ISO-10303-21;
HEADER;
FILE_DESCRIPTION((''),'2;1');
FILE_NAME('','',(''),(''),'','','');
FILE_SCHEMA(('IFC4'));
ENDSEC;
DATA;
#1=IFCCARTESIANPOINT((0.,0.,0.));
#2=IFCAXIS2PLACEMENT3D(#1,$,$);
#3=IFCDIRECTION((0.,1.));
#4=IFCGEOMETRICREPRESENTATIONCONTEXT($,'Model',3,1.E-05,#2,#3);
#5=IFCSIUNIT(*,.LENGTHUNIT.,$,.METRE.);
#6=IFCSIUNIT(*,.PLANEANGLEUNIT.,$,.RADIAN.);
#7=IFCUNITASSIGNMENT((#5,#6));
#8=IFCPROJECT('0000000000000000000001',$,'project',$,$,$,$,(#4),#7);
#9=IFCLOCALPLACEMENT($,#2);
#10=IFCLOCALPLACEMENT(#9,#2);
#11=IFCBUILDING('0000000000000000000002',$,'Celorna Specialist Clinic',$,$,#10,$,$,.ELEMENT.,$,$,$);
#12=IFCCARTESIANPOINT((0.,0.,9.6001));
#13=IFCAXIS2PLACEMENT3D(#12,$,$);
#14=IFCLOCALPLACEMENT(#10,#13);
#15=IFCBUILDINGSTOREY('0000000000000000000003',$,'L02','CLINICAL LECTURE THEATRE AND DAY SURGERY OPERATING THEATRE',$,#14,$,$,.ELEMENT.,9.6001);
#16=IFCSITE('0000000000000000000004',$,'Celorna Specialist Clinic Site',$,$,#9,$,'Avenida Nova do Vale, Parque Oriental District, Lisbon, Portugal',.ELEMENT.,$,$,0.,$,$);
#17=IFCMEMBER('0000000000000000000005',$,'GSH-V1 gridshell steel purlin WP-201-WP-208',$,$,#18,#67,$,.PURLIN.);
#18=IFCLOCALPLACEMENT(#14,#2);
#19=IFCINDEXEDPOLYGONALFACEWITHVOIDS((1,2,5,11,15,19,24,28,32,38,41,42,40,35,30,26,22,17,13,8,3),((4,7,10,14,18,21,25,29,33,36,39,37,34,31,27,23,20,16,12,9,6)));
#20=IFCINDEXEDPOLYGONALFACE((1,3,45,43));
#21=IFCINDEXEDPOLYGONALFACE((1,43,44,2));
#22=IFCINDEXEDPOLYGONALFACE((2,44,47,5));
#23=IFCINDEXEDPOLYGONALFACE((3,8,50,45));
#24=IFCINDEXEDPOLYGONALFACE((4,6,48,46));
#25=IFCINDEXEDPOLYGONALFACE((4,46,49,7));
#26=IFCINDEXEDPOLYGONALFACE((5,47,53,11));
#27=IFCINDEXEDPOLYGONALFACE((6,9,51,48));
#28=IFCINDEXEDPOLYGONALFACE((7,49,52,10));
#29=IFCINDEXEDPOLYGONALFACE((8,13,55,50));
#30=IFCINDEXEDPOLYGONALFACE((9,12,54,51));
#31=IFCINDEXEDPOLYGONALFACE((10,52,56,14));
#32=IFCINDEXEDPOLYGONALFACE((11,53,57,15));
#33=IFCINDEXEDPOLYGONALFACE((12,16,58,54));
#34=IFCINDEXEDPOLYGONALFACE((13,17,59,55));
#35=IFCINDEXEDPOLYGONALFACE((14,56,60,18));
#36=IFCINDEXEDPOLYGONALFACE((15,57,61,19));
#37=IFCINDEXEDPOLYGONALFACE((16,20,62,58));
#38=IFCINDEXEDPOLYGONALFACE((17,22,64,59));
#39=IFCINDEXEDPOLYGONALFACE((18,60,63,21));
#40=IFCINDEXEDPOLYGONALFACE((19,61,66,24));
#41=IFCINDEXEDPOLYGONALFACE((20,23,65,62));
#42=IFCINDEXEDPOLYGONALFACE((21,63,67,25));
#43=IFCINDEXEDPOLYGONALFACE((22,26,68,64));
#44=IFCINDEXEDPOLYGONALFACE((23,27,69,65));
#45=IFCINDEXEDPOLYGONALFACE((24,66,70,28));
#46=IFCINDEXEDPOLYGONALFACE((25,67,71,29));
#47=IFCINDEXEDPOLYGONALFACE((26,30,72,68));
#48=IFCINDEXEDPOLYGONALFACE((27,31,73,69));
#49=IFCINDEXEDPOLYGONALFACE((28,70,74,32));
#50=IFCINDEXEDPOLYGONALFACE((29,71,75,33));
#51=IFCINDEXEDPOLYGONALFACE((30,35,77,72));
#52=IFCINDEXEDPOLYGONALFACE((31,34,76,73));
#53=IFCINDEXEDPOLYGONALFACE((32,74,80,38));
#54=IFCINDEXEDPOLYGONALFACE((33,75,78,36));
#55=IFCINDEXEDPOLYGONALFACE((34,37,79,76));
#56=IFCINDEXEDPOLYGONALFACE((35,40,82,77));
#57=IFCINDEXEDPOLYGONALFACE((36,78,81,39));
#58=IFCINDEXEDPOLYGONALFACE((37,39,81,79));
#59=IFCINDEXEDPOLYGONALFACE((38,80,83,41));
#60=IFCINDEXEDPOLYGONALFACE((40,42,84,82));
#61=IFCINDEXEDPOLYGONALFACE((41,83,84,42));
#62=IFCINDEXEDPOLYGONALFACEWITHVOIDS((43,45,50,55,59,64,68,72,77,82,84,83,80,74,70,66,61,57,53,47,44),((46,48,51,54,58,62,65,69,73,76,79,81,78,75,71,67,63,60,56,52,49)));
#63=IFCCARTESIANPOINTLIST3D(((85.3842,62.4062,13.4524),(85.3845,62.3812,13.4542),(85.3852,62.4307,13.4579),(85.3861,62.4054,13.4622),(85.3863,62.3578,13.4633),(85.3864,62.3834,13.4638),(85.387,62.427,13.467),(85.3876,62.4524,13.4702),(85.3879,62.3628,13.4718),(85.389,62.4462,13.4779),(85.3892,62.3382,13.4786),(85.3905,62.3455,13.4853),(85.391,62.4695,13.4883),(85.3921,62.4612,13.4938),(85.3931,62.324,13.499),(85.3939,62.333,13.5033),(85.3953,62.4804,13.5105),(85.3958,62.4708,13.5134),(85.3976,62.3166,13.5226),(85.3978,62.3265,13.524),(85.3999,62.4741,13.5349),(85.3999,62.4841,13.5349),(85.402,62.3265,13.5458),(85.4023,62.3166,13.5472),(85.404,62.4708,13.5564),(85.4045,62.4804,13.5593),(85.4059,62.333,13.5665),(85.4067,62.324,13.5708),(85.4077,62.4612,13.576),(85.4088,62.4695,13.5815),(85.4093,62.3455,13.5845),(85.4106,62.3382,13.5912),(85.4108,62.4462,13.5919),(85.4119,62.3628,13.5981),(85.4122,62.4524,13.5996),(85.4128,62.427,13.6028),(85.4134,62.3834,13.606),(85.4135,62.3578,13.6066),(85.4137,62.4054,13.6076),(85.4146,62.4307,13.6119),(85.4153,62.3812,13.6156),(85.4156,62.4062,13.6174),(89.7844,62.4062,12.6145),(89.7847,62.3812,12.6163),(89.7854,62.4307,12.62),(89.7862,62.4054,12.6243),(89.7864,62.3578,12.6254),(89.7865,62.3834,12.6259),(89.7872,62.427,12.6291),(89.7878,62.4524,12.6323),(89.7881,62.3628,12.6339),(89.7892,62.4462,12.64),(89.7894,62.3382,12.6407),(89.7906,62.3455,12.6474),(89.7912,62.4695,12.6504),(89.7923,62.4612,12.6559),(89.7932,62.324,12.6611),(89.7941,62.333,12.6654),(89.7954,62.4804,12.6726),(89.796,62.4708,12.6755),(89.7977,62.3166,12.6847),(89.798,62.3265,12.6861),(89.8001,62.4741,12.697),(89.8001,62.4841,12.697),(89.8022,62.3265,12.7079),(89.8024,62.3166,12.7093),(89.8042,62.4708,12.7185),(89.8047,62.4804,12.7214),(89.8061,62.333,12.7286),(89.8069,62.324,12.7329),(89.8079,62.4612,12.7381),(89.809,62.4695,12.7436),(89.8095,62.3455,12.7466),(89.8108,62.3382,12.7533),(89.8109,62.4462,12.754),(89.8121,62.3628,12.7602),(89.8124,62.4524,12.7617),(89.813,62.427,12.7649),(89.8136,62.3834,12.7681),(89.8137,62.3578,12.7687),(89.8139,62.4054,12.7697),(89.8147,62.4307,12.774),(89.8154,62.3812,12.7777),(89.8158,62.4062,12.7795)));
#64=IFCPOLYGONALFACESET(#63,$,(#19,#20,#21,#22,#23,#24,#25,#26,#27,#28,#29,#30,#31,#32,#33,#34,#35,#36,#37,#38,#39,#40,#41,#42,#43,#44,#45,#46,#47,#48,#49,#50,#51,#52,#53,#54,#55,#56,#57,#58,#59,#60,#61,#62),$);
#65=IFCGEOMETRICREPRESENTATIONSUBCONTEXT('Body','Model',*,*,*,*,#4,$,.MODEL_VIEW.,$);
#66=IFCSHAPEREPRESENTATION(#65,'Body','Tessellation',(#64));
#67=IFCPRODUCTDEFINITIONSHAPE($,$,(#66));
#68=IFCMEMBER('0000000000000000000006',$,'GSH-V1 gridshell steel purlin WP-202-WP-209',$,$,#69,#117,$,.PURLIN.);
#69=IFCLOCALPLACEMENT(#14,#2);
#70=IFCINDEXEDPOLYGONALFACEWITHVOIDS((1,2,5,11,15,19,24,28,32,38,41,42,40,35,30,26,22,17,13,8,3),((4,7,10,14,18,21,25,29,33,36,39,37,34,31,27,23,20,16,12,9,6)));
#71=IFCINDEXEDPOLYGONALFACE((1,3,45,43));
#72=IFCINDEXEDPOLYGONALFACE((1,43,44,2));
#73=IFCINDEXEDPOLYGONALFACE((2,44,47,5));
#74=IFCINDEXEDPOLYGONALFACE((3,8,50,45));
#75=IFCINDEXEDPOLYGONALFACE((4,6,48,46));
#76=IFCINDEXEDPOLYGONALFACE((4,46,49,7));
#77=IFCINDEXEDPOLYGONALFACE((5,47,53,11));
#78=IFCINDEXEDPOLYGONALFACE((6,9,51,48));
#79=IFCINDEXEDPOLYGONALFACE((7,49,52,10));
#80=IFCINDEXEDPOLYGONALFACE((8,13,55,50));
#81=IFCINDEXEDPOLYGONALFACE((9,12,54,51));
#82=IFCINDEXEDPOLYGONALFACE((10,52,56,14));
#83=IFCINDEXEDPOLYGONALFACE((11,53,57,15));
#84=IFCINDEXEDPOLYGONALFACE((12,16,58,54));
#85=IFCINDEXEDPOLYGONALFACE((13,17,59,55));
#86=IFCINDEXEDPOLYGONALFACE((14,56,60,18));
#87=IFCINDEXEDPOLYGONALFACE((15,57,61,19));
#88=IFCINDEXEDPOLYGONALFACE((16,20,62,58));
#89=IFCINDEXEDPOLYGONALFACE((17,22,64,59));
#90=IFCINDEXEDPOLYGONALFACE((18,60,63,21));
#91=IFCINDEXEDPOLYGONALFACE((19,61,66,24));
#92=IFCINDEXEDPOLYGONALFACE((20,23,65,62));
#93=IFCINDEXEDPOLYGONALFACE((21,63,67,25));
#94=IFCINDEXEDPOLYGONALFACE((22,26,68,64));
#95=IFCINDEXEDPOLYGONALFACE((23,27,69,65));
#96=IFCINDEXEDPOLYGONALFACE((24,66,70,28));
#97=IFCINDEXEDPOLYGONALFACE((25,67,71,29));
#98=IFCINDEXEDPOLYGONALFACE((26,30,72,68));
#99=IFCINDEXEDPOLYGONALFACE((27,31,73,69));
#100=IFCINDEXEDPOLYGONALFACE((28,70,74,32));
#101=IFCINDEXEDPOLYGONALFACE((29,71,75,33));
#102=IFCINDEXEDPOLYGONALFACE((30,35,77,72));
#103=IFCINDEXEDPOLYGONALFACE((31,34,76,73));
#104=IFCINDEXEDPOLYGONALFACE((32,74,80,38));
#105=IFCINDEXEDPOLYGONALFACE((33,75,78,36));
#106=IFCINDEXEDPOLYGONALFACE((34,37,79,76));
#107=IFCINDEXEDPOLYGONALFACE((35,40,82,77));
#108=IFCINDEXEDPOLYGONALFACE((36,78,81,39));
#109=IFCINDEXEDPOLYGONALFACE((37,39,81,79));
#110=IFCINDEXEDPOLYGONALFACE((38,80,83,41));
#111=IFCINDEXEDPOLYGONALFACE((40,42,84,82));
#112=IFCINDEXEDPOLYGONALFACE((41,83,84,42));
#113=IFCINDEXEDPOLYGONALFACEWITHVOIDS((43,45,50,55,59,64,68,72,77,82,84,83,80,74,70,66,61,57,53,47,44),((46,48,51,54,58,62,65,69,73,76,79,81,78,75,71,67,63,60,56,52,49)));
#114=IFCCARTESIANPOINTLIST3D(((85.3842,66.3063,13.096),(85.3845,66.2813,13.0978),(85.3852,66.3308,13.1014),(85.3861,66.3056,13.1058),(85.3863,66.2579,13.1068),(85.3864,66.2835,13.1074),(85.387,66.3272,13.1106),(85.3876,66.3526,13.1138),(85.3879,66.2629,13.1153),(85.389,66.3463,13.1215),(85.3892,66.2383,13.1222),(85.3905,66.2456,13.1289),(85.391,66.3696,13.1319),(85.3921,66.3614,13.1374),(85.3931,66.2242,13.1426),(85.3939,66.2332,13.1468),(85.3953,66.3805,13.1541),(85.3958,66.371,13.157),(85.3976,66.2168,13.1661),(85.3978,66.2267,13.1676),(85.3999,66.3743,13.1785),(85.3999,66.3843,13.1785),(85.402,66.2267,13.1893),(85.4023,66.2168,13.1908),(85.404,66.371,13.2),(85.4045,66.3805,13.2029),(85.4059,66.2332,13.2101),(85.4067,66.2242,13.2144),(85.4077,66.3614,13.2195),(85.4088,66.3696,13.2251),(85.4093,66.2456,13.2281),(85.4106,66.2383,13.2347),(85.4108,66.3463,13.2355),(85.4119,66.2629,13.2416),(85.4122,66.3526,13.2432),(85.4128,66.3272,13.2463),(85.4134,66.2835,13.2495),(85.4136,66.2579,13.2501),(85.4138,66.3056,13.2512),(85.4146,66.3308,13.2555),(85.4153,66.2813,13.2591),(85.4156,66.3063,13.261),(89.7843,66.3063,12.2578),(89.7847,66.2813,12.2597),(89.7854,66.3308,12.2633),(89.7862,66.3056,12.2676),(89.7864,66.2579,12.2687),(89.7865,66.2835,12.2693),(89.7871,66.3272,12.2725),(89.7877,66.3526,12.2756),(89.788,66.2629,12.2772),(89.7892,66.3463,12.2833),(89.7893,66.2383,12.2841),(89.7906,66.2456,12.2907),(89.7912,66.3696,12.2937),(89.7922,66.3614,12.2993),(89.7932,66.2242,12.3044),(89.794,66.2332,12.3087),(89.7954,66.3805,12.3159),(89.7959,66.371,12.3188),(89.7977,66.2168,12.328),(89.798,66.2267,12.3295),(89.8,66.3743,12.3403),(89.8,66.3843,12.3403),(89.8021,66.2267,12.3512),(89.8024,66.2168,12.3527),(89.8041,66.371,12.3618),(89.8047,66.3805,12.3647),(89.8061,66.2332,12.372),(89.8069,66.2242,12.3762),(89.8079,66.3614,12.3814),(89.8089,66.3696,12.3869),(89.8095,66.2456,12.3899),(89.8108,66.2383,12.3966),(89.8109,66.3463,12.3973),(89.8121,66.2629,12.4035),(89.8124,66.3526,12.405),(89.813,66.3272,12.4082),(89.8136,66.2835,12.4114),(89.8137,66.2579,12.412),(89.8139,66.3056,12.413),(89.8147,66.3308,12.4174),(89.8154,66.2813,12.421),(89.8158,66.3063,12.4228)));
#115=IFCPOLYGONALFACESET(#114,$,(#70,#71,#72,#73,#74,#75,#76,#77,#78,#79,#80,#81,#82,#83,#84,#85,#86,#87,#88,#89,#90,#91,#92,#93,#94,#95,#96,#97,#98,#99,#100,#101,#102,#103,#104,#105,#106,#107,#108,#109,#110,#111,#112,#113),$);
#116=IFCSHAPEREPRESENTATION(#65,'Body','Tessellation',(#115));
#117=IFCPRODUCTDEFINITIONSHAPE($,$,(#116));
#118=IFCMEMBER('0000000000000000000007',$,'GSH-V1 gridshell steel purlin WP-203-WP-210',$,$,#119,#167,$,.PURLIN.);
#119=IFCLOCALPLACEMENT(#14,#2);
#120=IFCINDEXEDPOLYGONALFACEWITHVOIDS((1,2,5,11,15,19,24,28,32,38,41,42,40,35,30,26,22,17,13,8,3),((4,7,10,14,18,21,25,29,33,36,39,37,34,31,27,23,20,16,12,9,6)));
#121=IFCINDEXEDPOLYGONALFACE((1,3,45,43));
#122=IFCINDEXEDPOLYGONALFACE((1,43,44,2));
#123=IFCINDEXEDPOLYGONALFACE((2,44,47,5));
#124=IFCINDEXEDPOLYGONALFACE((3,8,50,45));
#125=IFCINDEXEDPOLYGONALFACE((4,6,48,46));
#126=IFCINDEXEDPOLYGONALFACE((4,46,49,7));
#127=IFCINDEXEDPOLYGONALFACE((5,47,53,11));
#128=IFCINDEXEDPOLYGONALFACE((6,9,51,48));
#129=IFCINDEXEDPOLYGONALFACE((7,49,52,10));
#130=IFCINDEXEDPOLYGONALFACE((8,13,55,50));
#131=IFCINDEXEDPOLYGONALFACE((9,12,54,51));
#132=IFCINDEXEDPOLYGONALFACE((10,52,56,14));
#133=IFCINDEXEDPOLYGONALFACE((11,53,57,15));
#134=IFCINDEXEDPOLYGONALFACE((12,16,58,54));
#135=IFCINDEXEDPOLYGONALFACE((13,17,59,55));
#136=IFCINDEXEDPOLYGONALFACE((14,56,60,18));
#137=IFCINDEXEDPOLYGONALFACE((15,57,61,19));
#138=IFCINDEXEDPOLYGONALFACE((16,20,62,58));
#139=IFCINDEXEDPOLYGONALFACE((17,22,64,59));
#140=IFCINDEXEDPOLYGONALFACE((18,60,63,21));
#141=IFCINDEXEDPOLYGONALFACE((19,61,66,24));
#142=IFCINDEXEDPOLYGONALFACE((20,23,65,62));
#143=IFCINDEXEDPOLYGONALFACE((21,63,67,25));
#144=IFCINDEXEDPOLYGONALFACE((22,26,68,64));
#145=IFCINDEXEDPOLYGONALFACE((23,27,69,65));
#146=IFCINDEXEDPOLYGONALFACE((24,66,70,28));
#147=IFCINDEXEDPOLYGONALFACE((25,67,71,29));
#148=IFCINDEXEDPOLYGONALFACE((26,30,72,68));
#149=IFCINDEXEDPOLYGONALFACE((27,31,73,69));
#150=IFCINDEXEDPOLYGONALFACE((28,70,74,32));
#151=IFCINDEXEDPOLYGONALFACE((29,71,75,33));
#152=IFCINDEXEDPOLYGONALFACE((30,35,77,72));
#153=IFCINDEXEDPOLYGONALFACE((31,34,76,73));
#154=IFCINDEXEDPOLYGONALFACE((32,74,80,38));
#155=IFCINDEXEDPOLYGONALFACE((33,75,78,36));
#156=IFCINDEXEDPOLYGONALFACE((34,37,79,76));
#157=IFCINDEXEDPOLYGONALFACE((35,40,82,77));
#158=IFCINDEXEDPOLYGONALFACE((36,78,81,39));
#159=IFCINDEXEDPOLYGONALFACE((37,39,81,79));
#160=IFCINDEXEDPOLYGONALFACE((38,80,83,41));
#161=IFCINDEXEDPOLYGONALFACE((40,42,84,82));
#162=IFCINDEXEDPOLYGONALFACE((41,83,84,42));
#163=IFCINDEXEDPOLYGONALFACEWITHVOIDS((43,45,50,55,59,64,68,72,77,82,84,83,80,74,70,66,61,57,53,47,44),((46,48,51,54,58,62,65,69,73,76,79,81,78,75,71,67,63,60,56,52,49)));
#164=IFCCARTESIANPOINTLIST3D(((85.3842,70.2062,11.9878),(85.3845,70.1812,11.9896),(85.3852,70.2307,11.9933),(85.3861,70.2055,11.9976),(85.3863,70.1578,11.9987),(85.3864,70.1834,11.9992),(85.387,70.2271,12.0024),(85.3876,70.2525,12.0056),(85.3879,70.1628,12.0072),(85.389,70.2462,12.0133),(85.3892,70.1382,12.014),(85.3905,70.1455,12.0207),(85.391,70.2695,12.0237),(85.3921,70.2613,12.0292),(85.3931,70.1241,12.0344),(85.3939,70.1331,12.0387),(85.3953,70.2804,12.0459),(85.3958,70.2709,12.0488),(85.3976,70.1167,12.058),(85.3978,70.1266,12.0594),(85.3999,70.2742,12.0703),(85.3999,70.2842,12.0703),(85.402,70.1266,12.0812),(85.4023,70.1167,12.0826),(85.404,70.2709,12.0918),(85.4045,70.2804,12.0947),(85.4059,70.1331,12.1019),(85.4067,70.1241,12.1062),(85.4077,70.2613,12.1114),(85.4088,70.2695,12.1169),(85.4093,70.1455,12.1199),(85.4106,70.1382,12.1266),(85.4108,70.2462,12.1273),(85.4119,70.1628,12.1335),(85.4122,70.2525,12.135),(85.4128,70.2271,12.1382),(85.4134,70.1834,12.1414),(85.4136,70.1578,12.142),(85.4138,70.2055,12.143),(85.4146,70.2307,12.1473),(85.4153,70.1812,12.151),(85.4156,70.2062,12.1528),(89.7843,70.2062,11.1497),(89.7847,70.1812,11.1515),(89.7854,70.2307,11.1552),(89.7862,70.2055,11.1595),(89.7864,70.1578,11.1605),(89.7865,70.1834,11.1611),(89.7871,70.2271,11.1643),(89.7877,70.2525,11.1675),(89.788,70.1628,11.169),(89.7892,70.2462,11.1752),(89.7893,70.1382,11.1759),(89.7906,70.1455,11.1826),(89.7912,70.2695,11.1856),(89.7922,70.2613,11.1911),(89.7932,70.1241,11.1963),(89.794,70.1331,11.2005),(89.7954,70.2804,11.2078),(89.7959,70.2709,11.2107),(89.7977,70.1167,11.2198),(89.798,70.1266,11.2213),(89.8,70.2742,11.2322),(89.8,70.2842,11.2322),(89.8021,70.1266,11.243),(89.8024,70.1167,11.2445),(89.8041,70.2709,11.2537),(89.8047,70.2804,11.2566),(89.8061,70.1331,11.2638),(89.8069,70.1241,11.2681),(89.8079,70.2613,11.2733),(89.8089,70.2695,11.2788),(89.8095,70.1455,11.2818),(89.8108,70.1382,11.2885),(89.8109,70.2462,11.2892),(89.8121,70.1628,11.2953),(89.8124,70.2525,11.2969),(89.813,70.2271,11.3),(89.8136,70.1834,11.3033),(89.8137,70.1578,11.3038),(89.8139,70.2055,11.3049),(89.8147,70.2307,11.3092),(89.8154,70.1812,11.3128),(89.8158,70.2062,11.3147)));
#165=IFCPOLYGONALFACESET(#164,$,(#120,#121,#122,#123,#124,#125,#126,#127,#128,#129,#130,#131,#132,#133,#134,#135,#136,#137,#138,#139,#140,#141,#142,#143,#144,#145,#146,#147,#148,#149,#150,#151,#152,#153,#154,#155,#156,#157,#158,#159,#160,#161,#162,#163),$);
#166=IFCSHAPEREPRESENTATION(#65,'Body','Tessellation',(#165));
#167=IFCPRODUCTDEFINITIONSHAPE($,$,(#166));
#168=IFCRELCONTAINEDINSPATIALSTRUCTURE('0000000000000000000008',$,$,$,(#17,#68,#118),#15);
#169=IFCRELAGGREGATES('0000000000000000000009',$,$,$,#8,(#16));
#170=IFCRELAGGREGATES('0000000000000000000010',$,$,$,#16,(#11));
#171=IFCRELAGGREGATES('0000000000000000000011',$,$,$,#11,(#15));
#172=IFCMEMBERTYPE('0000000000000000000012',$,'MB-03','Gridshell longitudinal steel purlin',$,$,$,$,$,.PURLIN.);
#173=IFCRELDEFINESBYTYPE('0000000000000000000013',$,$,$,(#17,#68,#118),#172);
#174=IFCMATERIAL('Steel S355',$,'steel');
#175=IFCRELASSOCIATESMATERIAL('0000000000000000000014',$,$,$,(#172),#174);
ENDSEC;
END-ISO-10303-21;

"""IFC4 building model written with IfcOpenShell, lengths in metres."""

from ifc_helpers import new_model, si_unit, direction, frame, origin, origin_2d, place, context, subcontext, project, spatial, hollow_circle, extrude, material, material_profile, profile_set, type_object, element, save


model = new_model("IFC4")

# Units and contexts
model_context = context("Model", 3, precision=1e-05, world=origin(), true_north=direction((0.0, 1.0)))
body_context = subcontext(model_context, "Body", "Model", "MODEL_VIEW")
ifc_project = project(units=[si_unit("LENGTHUNIT", "METRE"), si_unit("PLANEANGLEUNIT", "RADIAN")], contexts=[model_context])

# Site, building, storey
site_placement = place(None, origin())
site = spatial("IfcSite", under=ifc_project, at=site_placement, Name="Celorna Specialist Clinic Site", LongName="Avenida Nova do Vale, Parque Oriental District, Lisbon, Portugal", CompositionType="ELEMENT", RefElevation=0.0)
building_placement = place(site_placement, origin())
building = spatial("IfcBuilding", under=site, at=building_placement, Name="Celorna Specialist Clinic", CompositionType="ELEMENT")
storey_placement = place(building_placement, frame((0.0, 0.0, 9.6001)))
storey = spatial("IfcBuildingStorey", under=building, at=storey_placement, Name="L02", Description="CLINICAL LECTURE THEATRE AND DAY SURGERY OPERATING THEATRE", CompositionType="ELEMENT", Elevation=9.6001)

# Shared definitions
ifc_material_1 = material(Name="Steel S355", Category="steel")

# Members
ifc_material_profile_1 = material_profile(ifc_material_1, hollow_circle(Radius=0.0842, WallThickness=0.01, at=origin_2d()), Name="CHS 168.3x10")
ifc_profile_set_1 = profile_set([ifc_material_profile_1], Name="Steel S355")
member_type_1 = type_object("IfcMemberType", Name="MB-03", Description="Gridshell longitudinal steel purlin", PredefinedType="PURLIN", material=ifc_profile_set_1)
for number, where, z_axis, x_axis, name in (
    (1, (85.3999, 62.3999, 13.5349), (0.982348, 0.0, -0.187062), (0.0, 1.0, 0.0), "GSH-V1 gridshell steel purlin WP-201-WP-208"),
    (2, (85.3999, 66.3, 13.1785), (0.982338, 0.0, -0.187115), (0.0, 1.0, 0.0), "GSH-V1 gridshell steel purlin WP-202-WP-209"),
    (3, (85.3999, 70.2, 12.0703), (0.982338, 0.0, -0.187115), (0.0, 1.0, 0.0), "GSH-V1 gridshell steel purlin WP-203-WP-210"),
):
    element("IfcMember", number, at=place(storey_placement, frame(where, z_axis=z_axis, x_axis=x_axis)), inside=storey, type_object=member_type_1, Name=name, PredefinedType="PURLIN", context=body_context, shape_type="SweptSolid", body=[
        extrude(hollow_circle(Radius=0.0842, WallThickness=0.01, at=origin_2d()), origin(), (0.0, 0.0, 1.0), 4.4792),
    ])

save(model, "model.ifc")
